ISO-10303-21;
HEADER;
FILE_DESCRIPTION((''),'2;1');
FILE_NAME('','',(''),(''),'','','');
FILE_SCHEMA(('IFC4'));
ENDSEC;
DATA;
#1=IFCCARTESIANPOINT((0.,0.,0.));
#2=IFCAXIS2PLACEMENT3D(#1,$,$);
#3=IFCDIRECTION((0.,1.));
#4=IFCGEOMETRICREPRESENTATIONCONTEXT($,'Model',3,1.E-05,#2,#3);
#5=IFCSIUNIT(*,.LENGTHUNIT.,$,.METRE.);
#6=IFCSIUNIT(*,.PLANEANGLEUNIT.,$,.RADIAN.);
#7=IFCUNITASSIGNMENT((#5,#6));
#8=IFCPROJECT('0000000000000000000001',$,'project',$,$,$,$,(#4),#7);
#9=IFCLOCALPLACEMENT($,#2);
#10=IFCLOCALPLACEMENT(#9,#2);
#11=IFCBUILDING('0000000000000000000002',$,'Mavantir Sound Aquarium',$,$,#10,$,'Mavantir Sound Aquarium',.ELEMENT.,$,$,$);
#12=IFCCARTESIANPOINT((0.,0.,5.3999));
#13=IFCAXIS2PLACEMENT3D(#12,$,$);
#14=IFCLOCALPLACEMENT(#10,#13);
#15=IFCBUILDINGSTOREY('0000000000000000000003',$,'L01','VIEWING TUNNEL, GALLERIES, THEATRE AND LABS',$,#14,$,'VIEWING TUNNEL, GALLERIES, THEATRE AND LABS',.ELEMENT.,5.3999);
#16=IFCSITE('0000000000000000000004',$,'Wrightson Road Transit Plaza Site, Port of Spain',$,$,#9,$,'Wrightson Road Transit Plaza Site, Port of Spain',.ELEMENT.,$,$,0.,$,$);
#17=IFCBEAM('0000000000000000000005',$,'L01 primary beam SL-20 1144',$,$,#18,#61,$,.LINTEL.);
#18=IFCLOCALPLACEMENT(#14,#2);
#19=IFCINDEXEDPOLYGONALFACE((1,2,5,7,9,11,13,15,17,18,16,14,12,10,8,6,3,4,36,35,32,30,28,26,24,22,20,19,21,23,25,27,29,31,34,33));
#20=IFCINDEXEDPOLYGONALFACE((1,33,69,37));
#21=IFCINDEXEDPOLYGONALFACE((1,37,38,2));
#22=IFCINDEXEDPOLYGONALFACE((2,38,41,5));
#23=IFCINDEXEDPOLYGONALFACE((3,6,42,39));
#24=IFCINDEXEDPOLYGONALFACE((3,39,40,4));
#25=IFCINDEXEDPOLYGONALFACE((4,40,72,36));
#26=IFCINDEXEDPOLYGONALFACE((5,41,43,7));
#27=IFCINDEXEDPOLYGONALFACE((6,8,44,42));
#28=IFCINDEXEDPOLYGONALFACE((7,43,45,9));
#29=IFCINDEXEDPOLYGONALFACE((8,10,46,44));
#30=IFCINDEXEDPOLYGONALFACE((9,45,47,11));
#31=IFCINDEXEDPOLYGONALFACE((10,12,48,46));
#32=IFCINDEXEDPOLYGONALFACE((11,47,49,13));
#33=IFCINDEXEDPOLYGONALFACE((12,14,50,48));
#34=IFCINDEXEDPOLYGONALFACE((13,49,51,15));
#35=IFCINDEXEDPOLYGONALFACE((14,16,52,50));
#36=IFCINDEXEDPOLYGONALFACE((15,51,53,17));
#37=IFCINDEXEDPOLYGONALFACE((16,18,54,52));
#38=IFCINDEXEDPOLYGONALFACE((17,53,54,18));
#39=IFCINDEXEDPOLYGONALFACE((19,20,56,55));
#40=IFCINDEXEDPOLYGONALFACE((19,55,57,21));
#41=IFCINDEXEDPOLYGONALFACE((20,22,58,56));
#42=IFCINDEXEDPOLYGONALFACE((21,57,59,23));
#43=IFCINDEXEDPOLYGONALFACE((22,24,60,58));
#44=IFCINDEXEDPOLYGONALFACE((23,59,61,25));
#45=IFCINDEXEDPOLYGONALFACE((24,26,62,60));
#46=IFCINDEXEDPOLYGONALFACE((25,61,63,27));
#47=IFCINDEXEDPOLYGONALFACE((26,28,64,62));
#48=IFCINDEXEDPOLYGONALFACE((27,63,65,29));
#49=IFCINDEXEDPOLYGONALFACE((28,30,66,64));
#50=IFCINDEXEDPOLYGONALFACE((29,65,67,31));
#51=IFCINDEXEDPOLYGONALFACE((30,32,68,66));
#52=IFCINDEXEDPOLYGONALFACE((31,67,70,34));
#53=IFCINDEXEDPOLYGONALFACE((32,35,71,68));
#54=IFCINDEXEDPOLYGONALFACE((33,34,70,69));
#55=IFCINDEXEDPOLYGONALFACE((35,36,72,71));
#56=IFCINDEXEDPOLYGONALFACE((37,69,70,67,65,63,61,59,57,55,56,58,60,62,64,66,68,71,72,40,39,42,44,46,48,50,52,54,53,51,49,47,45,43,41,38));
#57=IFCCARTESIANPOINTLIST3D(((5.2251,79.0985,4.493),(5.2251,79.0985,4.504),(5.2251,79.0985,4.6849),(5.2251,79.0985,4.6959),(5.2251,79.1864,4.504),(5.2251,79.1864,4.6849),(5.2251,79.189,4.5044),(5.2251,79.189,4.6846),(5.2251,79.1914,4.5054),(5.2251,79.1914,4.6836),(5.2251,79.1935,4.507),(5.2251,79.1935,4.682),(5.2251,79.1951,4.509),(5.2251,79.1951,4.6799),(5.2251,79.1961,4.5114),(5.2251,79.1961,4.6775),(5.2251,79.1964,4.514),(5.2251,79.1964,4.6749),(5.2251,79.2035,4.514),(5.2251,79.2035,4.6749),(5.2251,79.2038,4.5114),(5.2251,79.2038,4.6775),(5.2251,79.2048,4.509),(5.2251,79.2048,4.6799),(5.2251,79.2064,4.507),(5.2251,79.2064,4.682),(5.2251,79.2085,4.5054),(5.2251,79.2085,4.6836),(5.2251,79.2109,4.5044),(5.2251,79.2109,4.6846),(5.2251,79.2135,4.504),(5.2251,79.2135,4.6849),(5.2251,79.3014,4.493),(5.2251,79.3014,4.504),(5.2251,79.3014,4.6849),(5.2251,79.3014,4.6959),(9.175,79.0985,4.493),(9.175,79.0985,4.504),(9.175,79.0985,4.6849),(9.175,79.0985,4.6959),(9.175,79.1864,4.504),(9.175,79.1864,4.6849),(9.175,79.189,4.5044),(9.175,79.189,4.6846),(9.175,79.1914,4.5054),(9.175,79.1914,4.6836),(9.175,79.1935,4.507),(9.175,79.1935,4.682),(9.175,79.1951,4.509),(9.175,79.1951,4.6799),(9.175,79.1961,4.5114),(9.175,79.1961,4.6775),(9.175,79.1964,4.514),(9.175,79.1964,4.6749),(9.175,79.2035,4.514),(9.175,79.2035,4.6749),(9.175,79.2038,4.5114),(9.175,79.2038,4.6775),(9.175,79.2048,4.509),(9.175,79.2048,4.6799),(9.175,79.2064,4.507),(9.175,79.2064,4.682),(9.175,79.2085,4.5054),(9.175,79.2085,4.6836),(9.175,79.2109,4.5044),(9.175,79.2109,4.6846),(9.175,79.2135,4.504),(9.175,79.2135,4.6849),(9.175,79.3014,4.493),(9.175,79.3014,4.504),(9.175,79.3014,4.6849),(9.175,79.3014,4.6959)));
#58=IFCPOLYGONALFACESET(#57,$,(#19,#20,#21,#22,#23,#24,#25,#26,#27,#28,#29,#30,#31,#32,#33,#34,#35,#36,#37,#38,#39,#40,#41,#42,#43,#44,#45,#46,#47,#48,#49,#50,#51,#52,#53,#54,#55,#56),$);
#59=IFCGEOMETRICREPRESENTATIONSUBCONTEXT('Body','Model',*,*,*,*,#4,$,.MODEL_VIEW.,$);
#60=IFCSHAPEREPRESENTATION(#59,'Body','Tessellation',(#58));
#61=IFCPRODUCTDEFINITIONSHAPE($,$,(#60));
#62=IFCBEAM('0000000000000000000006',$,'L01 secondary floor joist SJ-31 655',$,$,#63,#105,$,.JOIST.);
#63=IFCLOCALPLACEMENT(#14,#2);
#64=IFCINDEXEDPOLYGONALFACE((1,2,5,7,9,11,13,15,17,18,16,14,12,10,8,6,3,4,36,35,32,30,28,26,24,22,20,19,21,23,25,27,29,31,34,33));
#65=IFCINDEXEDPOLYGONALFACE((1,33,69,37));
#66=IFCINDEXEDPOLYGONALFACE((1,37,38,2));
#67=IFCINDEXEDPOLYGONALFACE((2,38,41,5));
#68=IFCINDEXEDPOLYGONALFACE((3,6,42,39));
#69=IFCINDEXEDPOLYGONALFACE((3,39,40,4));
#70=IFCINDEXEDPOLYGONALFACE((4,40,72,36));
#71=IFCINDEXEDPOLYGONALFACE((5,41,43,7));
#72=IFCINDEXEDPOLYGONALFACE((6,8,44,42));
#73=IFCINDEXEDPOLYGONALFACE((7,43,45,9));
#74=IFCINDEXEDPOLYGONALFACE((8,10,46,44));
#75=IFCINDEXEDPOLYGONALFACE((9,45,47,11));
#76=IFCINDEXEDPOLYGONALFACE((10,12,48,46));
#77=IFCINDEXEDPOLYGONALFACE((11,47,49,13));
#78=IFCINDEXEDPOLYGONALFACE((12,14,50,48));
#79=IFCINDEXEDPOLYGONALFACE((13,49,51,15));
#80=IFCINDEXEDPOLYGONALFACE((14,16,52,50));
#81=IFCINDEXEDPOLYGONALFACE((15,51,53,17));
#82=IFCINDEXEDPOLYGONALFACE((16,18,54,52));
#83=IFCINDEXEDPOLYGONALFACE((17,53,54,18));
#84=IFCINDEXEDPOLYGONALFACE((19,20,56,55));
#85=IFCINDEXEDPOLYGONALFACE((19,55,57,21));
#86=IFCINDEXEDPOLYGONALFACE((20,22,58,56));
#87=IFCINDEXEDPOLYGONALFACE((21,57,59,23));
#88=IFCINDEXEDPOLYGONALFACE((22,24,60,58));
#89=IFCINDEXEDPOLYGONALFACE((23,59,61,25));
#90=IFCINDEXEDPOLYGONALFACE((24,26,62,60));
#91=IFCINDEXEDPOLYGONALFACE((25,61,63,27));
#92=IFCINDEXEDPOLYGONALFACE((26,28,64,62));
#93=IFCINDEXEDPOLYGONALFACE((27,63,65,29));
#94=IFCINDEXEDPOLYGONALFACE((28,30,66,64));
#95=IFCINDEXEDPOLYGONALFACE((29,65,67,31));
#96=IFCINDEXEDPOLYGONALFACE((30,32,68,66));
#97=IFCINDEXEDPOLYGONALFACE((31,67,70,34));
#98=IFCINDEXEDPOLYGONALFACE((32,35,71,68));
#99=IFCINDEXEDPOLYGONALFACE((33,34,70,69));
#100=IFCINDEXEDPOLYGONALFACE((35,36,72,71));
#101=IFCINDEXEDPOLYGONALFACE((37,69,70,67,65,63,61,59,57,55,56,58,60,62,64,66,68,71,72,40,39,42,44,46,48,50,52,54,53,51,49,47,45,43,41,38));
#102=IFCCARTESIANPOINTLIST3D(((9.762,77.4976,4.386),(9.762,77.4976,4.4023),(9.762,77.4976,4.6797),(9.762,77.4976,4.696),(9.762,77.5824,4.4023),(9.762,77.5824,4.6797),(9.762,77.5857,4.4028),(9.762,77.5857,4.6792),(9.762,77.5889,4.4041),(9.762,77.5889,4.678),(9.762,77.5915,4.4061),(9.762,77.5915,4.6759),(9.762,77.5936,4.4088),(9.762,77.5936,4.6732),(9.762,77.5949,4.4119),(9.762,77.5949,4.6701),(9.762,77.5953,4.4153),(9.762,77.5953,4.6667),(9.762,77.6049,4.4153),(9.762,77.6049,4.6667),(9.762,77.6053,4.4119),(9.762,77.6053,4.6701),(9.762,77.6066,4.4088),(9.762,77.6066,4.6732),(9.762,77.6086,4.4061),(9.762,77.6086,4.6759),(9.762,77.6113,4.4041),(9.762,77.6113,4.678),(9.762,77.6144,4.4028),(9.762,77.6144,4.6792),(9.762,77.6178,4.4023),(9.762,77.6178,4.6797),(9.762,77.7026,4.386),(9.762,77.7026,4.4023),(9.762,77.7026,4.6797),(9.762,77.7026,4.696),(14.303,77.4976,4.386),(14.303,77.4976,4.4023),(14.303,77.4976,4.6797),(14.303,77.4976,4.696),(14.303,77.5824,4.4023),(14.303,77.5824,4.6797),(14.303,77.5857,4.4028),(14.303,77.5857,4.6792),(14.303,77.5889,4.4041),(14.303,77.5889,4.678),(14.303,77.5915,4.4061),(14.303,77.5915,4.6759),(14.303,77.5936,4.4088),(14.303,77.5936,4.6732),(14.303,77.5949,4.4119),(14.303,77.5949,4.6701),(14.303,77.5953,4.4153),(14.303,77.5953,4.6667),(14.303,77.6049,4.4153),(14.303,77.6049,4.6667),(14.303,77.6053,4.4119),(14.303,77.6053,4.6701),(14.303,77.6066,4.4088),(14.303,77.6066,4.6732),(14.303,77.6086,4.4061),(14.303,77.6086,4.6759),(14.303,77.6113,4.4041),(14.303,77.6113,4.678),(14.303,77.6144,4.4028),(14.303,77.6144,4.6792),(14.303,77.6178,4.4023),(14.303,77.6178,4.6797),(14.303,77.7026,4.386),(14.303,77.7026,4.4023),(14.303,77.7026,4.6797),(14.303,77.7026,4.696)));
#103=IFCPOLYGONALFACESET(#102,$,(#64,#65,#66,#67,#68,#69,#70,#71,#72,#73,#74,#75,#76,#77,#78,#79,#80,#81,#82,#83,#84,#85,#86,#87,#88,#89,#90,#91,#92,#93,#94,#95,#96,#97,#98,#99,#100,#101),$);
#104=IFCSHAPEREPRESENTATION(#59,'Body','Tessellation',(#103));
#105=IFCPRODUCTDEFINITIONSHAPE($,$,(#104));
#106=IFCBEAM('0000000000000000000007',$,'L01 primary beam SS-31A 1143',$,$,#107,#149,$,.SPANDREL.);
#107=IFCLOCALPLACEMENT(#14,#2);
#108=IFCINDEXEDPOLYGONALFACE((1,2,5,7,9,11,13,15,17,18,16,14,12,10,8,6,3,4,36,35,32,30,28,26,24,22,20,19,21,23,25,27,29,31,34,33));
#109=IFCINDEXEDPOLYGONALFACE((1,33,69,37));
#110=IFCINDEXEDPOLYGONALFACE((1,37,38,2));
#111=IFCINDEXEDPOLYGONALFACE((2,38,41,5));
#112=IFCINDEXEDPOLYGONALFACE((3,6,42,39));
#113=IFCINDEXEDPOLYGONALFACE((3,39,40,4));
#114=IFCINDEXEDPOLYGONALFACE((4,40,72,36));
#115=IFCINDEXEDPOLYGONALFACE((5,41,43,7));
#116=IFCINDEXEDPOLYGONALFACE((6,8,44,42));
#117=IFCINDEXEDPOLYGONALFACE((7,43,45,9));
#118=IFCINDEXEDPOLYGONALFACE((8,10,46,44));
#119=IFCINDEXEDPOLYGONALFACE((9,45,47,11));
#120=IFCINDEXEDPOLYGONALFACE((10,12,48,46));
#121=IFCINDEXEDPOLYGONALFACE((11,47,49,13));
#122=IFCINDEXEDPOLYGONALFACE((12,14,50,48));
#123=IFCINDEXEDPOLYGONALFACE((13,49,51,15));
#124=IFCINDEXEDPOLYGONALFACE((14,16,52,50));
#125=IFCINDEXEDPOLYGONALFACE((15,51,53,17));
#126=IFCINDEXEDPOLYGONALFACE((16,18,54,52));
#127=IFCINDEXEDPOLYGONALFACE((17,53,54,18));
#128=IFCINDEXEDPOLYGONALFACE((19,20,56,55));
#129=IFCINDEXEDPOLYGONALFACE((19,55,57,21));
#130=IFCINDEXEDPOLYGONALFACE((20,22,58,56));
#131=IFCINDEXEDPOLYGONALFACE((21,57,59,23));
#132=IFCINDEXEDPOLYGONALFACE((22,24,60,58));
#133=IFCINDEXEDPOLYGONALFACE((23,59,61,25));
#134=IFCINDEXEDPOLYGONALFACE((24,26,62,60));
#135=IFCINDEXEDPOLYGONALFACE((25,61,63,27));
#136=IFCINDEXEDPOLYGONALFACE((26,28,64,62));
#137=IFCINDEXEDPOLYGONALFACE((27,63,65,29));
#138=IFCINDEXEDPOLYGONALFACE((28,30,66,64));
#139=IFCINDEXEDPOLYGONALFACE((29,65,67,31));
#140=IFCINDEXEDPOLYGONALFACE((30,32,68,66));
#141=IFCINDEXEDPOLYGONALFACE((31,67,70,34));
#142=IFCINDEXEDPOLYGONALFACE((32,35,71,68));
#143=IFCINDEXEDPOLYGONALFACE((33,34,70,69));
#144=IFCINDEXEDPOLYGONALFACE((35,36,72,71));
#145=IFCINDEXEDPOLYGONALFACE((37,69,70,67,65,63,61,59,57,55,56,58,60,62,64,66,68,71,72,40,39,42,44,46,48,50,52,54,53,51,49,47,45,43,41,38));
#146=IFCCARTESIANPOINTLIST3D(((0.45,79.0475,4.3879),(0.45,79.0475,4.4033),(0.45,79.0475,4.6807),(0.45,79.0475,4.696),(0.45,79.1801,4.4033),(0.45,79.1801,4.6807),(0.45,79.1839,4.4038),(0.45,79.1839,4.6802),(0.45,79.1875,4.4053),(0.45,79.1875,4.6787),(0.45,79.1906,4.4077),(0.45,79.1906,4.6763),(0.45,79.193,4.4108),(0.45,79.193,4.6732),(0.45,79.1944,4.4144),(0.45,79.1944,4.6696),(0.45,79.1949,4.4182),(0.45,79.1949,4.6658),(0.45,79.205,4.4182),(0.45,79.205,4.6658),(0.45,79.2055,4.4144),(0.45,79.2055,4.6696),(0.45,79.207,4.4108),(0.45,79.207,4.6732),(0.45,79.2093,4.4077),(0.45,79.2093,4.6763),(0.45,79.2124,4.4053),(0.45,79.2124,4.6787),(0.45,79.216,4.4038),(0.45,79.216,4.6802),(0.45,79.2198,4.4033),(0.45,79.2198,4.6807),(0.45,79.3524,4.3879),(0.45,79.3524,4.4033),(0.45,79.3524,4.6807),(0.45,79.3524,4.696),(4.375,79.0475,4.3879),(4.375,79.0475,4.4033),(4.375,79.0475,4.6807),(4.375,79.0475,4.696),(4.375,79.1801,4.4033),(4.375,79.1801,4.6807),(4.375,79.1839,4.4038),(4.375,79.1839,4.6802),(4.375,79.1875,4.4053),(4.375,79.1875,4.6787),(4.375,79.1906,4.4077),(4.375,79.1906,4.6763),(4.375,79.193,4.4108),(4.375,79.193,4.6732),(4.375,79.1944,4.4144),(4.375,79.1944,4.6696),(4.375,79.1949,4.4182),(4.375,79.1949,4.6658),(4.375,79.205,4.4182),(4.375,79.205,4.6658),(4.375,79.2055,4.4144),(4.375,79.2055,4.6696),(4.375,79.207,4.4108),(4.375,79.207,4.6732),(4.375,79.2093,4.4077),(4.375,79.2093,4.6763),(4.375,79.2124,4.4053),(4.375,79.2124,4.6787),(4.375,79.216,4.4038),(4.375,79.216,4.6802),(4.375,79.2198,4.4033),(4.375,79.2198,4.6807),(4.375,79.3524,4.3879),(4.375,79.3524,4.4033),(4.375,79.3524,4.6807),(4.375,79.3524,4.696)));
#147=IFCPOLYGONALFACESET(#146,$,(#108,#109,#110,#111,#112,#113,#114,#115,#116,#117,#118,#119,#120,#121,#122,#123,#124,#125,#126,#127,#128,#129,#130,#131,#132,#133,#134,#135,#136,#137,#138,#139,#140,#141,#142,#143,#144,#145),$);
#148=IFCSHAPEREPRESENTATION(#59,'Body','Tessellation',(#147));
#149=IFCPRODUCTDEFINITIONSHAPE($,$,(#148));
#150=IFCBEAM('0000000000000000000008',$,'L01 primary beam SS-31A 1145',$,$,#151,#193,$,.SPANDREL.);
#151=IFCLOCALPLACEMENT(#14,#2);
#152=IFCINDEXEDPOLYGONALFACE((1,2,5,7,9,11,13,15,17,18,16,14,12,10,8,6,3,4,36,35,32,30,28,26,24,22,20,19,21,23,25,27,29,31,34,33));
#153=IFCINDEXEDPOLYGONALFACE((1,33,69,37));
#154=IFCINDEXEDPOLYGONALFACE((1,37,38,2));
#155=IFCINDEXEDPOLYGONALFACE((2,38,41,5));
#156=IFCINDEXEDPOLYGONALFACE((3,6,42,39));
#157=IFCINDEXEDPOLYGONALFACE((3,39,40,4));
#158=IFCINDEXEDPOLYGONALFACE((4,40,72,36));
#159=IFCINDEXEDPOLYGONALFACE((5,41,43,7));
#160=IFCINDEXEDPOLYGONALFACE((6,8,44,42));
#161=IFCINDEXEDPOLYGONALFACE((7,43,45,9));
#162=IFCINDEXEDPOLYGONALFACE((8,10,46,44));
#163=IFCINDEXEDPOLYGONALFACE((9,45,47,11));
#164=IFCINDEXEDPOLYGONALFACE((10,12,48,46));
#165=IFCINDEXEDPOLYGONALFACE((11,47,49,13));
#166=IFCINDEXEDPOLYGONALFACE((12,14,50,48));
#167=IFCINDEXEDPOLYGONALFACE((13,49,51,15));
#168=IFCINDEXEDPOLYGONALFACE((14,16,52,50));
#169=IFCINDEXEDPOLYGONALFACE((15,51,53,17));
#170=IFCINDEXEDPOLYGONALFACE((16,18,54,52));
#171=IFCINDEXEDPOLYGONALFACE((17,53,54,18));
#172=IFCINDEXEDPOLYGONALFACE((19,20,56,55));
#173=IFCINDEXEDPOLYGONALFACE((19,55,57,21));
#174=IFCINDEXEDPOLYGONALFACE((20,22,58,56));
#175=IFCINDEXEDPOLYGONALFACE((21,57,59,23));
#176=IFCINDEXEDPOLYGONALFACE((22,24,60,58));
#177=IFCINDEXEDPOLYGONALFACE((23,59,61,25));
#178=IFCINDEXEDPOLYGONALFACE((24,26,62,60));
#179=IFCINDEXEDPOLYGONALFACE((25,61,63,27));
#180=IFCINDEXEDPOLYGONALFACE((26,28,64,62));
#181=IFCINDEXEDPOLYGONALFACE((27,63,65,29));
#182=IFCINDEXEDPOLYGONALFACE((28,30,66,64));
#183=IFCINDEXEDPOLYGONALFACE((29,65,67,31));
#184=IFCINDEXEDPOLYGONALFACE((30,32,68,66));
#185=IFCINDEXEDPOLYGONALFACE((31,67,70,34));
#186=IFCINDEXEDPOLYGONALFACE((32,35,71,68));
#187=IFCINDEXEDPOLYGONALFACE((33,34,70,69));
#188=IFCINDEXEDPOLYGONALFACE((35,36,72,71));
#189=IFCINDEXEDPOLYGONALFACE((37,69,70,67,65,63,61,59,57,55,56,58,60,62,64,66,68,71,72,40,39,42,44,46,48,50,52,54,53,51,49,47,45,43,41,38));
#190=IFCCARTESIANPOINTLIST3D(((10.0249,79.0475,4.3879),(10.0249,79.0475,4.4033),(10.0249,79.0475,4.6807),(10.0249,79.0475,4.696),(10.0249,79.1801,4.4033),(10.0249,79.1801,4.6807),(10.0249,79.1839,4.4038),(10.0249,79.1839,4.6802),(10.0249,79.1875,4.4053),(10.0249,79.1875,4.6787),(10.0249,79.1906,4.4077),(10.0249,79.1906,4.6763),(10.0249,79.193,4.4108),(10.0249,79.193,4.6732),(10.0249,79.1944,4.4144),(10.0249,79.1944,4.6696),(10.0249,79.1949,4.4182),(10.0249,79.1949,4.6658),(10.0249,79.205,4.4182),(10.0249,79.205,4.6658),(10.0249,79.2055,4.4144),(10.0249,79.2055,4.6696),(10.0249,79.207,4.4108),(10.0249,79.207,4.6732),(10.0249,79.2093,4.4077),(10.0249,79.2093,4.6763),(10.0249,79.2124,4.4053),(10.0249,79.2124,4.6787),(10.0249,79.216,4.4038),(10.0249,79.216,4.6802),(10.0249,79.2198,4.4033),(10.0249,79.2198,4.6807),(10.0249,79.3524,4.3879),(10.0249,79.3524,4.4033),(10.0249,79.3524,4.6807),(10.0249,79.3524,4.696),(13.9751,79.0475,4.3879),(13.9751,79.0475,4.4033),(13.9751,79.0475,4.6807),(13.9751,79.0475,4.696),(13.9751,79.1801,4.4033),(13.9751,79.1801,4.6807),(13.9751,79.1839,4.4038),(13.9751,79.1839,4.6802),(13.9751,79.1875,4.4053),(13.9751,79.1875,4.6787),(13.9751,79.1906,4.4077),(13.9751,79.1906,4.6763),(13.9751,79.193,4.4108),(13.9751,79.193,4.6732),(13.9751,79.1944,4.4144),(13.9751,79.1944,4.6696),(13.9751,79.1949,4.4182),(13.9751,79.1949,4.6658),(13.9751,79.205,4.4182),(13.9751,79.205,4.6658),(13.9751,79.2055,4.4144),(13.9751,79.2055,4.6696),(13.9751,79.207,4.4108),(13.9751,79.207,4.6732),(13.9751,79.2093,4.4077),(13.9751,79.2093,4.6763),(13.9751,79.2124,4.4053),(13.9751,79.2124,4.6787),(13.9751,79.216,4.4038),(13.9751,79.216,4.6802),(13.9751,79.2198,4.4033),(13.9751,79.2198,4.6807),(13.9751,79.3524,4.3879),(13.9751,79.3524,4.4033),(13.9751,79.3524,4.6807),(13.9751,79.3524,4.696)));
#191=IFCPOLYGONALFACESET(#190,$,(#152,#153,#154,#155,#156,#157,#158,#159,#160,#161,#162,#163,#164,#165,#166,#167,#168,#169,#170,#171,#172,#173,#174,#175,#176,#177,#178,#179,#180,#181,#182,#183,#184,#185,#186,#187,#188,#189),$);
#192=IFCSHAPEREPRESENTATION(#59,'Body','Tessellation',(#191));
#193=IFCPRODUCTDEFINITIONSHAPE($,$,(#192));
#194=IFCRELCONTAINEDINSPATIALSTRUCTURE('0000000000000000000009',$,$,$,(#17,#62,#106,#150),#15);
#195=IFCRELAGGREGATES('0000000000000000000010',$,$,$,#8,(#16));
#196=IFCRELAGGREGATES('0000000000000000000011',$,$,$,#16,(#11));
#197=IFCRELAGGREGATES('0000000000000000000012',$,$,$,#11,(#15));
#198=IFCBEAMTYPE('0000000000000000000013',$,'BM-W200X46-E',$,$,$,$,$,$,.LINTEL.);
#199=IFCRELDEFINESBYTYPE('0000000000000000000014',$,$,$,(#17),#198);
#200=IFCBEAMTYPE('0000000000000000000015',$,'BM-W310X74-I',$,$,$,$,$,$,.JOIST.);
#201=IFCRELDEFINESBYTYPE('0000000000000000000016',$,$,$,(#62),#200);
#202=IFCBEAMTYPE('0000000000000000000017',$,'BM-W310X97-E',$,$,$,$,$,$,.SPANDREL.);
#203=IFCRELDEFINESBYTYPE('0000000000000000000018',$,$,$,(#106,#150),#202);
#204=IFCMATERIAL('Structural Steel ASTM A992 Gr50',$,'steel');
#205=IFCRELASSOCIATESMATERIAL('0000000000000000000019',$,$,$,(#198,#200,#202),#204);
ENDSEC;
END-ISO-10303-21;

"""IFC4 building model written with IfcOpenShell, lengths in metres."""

from ifc_helpers import new_model, si_unit, direction, frame, origin, origin_2d, place, context, subcontext, project, spatial, i_section, extrude, material, material_profile, profile_set, type_object, element, save


model = new_model("IFC4")

# Units and contexts
model_context = context("Model", 3, precision=1e-05, world=origin(), true_north=direction((0.0, 1.0)))
body_context = subcontext(model_context, "Body", "Model", "MODEL_VIEW")
ifc_project = project(units=[si_unit("LENGTHUNIT", "METRE"), si_unit("PLANEANGLEUNIT", "RADIAN")], contexts=[model_context])

# Site, building, storey
site_placement = place(None, origin())
site = spatial("IfcSite", under=ifc_project, at=site_placement, Name="Wrightson Road Transit Plaza Site, Port of Spain", LongName="Wrightson Road Transit Plaza Site, Port of Spain", CompositionType="ELEMENT", RefElevation=0.0)
building_placement = place(site_placement, origin())
building = spatial("IfcBuilding", under=site, at=building_placement, Name="Mavantir Sound Aquarium", LongName="Mavantir Sound Aquarium", CompositionType="ELEMENT")
storey_placement = place(building_placement, frame((0.0, 0.0, 5.3999)))
storey = spatial("IfcBuildingStorey", under=building, at=storey_placement, Name="L01", Description="VIEWING TUNNEL, GALLERIES, THEATRE AND LABS", LongName="VIEWING TUNNEL, GALLERIES, THEATRE AND LABS", CompositionType="ELEMENT", Elevation=5.3999)

# Beams
ifc_material_1 = material(Name="Structural Steel ASTM A992 Gr50", Category="steel")
ifc_material_profile_1 = material_profile(ifc_material_1, i_section(OverallWidth=0.2029, OverallDepth=0.2029, WebThickness=0.0071, FlangeThickness=0.011, FilletRadius=0.01, at=origin_2d()), Name="W200X46")
ifc_profile_set_1 = profile_set([ifc_material_profile_1], Name="Structural Steel ASTM A992 Gr50")
beam_type_1 = type_object("IfcBeamType", Name="BM-W200X46-E", PredefinedType="LINTEL", material=ifc_profile_set_1)
beam_1_placement = place(storey_placement, frame((5.2251, 79.2, 4.5945), z_axis=(1.0, 0.0, 0.0), x_axis=(0.0, 1.0, 0.0)))
element("IfcBeam", 1, at=beam_1_placement, inside=storey, type_object=beam_type_1, Name="L01 primary beam SL-20 1144", PredefinedType="LINTEL", context=body_context, shape_type="SweptSolid", body=[
    extrude(i_section(OverallWidth=0.2029, OverallDepth=0.2029, WebThickness=0.0071, FlangeThickness=0.011, FilletRadius=0.01, at=origin_2d()), origin(), (0.0, 0.0, 1.0), 3.95),
])
ifc_material_profile_2 = material_profile(ifc_material_1, i_section(OverallWidth=0.2051, OverallDepth=0.3101, WebThickness=0.0095, FlangeThickness=0.0164, FilletRadius=0.0129, at=origin_2d()), Name="W310X74")
ifc_profile_set_2 = profile_set([ifc_material_profile_2], Name="Structural Steel ASTM A992 Gr50")
beam_type_2 = type_object("IfcBeamType", Name="BM-W310X74-I", PredefinedType="JOIST", material=ifc_profile_set_2)
beam_2_placement = place(storey_placement, frame((9.762, 77.6001, 4.541), z_axis=(1.0, 0.0, 0.0), x_axis=(0.0, 1.0, 0.0)))
element("IfcBeam", 2, at=beam_2_placement, inside=storey, type_object=beam_type_2, Name="L01 secondary floor joist SJ-31 655", PredefinedType="JOIST", context=body_context, shape_type="SweptSolid", body=[
    extrude(i_section(OverallWidth=0.2051, OverallDepth=0.3101, WebThickness=0.0095, FlangeThickness=0.0164, FilletRadius=0.0129, at=origin_2d()), origin(), (0.0, 0.0, 1.0), 4.541),
])
ifc_material_profile_3 = material_profile(ifc_material_1, i_section(OverallWidth=0.3049, OverallDepth=0.3081, WebThickness=0.01, FlangeThickness=0.0154, FilletRadius=0.0149, at=origin_2d()), Name="W310X97")
ifc_profile_set_3 = profile_set([ifc_material_profile_3], Name="Structural Steel ASTM A992 Gr50")
beam_type_3 = type_object("IfcBeamType", Name="BM-W310X97-E", PredefinedType="SPANDREL", material=ifc_profile_set_3)
beam_3_placement = place(storey_placement, frame((0.45, 79.2, 4.542), z_axis=(1.0, 0.0, 0.0), x_axis=(0.0, 1.0, 0.0)))
element("IfcBeam", 3, at=beam_3_placement, inside=storey, type_object=beam_type_3, Name="L01 primary beam SS-31A 1143", PredefinedType="SPANDREL", context=body_context, shape_type="SweptSolid", body=[
    extrude(i_section(OverallWidth=0.3049, OverallDepth=0.3081, WebThickness=0.01, FlangeThickness=0.0154, FilletRadius=0.0149, at=origin_2d()), origin(), (0.0, 0.0, 1.0), 3.925),
])
beam_4_placement = place(storey_placement, frame((10.0249, 79.2, 4.542), z_axis=(1.0, 0.0, 0.0), x_axis=(0.0, 1.0, 0.0)))
element("IfcBeam", 4, at=beam_4_placement, inside=storey, type_object=beam_type_3, Name="L01 primary beam SS-31A 1145", PredefinedType="SPANDREL", context=body_context, shape_type="SweptSolid", body=[
    extrude(i_section(OverallWidth=0.3049, OverallDepth=0.3081, WebThickness=0.01, FlangeThickness=0.0154, FilletRadius=0.0149, at=origin_2d()), origin(), (0.0, 0.0, 1.0), 3.9502),
])

save(model, "model.ifc")
